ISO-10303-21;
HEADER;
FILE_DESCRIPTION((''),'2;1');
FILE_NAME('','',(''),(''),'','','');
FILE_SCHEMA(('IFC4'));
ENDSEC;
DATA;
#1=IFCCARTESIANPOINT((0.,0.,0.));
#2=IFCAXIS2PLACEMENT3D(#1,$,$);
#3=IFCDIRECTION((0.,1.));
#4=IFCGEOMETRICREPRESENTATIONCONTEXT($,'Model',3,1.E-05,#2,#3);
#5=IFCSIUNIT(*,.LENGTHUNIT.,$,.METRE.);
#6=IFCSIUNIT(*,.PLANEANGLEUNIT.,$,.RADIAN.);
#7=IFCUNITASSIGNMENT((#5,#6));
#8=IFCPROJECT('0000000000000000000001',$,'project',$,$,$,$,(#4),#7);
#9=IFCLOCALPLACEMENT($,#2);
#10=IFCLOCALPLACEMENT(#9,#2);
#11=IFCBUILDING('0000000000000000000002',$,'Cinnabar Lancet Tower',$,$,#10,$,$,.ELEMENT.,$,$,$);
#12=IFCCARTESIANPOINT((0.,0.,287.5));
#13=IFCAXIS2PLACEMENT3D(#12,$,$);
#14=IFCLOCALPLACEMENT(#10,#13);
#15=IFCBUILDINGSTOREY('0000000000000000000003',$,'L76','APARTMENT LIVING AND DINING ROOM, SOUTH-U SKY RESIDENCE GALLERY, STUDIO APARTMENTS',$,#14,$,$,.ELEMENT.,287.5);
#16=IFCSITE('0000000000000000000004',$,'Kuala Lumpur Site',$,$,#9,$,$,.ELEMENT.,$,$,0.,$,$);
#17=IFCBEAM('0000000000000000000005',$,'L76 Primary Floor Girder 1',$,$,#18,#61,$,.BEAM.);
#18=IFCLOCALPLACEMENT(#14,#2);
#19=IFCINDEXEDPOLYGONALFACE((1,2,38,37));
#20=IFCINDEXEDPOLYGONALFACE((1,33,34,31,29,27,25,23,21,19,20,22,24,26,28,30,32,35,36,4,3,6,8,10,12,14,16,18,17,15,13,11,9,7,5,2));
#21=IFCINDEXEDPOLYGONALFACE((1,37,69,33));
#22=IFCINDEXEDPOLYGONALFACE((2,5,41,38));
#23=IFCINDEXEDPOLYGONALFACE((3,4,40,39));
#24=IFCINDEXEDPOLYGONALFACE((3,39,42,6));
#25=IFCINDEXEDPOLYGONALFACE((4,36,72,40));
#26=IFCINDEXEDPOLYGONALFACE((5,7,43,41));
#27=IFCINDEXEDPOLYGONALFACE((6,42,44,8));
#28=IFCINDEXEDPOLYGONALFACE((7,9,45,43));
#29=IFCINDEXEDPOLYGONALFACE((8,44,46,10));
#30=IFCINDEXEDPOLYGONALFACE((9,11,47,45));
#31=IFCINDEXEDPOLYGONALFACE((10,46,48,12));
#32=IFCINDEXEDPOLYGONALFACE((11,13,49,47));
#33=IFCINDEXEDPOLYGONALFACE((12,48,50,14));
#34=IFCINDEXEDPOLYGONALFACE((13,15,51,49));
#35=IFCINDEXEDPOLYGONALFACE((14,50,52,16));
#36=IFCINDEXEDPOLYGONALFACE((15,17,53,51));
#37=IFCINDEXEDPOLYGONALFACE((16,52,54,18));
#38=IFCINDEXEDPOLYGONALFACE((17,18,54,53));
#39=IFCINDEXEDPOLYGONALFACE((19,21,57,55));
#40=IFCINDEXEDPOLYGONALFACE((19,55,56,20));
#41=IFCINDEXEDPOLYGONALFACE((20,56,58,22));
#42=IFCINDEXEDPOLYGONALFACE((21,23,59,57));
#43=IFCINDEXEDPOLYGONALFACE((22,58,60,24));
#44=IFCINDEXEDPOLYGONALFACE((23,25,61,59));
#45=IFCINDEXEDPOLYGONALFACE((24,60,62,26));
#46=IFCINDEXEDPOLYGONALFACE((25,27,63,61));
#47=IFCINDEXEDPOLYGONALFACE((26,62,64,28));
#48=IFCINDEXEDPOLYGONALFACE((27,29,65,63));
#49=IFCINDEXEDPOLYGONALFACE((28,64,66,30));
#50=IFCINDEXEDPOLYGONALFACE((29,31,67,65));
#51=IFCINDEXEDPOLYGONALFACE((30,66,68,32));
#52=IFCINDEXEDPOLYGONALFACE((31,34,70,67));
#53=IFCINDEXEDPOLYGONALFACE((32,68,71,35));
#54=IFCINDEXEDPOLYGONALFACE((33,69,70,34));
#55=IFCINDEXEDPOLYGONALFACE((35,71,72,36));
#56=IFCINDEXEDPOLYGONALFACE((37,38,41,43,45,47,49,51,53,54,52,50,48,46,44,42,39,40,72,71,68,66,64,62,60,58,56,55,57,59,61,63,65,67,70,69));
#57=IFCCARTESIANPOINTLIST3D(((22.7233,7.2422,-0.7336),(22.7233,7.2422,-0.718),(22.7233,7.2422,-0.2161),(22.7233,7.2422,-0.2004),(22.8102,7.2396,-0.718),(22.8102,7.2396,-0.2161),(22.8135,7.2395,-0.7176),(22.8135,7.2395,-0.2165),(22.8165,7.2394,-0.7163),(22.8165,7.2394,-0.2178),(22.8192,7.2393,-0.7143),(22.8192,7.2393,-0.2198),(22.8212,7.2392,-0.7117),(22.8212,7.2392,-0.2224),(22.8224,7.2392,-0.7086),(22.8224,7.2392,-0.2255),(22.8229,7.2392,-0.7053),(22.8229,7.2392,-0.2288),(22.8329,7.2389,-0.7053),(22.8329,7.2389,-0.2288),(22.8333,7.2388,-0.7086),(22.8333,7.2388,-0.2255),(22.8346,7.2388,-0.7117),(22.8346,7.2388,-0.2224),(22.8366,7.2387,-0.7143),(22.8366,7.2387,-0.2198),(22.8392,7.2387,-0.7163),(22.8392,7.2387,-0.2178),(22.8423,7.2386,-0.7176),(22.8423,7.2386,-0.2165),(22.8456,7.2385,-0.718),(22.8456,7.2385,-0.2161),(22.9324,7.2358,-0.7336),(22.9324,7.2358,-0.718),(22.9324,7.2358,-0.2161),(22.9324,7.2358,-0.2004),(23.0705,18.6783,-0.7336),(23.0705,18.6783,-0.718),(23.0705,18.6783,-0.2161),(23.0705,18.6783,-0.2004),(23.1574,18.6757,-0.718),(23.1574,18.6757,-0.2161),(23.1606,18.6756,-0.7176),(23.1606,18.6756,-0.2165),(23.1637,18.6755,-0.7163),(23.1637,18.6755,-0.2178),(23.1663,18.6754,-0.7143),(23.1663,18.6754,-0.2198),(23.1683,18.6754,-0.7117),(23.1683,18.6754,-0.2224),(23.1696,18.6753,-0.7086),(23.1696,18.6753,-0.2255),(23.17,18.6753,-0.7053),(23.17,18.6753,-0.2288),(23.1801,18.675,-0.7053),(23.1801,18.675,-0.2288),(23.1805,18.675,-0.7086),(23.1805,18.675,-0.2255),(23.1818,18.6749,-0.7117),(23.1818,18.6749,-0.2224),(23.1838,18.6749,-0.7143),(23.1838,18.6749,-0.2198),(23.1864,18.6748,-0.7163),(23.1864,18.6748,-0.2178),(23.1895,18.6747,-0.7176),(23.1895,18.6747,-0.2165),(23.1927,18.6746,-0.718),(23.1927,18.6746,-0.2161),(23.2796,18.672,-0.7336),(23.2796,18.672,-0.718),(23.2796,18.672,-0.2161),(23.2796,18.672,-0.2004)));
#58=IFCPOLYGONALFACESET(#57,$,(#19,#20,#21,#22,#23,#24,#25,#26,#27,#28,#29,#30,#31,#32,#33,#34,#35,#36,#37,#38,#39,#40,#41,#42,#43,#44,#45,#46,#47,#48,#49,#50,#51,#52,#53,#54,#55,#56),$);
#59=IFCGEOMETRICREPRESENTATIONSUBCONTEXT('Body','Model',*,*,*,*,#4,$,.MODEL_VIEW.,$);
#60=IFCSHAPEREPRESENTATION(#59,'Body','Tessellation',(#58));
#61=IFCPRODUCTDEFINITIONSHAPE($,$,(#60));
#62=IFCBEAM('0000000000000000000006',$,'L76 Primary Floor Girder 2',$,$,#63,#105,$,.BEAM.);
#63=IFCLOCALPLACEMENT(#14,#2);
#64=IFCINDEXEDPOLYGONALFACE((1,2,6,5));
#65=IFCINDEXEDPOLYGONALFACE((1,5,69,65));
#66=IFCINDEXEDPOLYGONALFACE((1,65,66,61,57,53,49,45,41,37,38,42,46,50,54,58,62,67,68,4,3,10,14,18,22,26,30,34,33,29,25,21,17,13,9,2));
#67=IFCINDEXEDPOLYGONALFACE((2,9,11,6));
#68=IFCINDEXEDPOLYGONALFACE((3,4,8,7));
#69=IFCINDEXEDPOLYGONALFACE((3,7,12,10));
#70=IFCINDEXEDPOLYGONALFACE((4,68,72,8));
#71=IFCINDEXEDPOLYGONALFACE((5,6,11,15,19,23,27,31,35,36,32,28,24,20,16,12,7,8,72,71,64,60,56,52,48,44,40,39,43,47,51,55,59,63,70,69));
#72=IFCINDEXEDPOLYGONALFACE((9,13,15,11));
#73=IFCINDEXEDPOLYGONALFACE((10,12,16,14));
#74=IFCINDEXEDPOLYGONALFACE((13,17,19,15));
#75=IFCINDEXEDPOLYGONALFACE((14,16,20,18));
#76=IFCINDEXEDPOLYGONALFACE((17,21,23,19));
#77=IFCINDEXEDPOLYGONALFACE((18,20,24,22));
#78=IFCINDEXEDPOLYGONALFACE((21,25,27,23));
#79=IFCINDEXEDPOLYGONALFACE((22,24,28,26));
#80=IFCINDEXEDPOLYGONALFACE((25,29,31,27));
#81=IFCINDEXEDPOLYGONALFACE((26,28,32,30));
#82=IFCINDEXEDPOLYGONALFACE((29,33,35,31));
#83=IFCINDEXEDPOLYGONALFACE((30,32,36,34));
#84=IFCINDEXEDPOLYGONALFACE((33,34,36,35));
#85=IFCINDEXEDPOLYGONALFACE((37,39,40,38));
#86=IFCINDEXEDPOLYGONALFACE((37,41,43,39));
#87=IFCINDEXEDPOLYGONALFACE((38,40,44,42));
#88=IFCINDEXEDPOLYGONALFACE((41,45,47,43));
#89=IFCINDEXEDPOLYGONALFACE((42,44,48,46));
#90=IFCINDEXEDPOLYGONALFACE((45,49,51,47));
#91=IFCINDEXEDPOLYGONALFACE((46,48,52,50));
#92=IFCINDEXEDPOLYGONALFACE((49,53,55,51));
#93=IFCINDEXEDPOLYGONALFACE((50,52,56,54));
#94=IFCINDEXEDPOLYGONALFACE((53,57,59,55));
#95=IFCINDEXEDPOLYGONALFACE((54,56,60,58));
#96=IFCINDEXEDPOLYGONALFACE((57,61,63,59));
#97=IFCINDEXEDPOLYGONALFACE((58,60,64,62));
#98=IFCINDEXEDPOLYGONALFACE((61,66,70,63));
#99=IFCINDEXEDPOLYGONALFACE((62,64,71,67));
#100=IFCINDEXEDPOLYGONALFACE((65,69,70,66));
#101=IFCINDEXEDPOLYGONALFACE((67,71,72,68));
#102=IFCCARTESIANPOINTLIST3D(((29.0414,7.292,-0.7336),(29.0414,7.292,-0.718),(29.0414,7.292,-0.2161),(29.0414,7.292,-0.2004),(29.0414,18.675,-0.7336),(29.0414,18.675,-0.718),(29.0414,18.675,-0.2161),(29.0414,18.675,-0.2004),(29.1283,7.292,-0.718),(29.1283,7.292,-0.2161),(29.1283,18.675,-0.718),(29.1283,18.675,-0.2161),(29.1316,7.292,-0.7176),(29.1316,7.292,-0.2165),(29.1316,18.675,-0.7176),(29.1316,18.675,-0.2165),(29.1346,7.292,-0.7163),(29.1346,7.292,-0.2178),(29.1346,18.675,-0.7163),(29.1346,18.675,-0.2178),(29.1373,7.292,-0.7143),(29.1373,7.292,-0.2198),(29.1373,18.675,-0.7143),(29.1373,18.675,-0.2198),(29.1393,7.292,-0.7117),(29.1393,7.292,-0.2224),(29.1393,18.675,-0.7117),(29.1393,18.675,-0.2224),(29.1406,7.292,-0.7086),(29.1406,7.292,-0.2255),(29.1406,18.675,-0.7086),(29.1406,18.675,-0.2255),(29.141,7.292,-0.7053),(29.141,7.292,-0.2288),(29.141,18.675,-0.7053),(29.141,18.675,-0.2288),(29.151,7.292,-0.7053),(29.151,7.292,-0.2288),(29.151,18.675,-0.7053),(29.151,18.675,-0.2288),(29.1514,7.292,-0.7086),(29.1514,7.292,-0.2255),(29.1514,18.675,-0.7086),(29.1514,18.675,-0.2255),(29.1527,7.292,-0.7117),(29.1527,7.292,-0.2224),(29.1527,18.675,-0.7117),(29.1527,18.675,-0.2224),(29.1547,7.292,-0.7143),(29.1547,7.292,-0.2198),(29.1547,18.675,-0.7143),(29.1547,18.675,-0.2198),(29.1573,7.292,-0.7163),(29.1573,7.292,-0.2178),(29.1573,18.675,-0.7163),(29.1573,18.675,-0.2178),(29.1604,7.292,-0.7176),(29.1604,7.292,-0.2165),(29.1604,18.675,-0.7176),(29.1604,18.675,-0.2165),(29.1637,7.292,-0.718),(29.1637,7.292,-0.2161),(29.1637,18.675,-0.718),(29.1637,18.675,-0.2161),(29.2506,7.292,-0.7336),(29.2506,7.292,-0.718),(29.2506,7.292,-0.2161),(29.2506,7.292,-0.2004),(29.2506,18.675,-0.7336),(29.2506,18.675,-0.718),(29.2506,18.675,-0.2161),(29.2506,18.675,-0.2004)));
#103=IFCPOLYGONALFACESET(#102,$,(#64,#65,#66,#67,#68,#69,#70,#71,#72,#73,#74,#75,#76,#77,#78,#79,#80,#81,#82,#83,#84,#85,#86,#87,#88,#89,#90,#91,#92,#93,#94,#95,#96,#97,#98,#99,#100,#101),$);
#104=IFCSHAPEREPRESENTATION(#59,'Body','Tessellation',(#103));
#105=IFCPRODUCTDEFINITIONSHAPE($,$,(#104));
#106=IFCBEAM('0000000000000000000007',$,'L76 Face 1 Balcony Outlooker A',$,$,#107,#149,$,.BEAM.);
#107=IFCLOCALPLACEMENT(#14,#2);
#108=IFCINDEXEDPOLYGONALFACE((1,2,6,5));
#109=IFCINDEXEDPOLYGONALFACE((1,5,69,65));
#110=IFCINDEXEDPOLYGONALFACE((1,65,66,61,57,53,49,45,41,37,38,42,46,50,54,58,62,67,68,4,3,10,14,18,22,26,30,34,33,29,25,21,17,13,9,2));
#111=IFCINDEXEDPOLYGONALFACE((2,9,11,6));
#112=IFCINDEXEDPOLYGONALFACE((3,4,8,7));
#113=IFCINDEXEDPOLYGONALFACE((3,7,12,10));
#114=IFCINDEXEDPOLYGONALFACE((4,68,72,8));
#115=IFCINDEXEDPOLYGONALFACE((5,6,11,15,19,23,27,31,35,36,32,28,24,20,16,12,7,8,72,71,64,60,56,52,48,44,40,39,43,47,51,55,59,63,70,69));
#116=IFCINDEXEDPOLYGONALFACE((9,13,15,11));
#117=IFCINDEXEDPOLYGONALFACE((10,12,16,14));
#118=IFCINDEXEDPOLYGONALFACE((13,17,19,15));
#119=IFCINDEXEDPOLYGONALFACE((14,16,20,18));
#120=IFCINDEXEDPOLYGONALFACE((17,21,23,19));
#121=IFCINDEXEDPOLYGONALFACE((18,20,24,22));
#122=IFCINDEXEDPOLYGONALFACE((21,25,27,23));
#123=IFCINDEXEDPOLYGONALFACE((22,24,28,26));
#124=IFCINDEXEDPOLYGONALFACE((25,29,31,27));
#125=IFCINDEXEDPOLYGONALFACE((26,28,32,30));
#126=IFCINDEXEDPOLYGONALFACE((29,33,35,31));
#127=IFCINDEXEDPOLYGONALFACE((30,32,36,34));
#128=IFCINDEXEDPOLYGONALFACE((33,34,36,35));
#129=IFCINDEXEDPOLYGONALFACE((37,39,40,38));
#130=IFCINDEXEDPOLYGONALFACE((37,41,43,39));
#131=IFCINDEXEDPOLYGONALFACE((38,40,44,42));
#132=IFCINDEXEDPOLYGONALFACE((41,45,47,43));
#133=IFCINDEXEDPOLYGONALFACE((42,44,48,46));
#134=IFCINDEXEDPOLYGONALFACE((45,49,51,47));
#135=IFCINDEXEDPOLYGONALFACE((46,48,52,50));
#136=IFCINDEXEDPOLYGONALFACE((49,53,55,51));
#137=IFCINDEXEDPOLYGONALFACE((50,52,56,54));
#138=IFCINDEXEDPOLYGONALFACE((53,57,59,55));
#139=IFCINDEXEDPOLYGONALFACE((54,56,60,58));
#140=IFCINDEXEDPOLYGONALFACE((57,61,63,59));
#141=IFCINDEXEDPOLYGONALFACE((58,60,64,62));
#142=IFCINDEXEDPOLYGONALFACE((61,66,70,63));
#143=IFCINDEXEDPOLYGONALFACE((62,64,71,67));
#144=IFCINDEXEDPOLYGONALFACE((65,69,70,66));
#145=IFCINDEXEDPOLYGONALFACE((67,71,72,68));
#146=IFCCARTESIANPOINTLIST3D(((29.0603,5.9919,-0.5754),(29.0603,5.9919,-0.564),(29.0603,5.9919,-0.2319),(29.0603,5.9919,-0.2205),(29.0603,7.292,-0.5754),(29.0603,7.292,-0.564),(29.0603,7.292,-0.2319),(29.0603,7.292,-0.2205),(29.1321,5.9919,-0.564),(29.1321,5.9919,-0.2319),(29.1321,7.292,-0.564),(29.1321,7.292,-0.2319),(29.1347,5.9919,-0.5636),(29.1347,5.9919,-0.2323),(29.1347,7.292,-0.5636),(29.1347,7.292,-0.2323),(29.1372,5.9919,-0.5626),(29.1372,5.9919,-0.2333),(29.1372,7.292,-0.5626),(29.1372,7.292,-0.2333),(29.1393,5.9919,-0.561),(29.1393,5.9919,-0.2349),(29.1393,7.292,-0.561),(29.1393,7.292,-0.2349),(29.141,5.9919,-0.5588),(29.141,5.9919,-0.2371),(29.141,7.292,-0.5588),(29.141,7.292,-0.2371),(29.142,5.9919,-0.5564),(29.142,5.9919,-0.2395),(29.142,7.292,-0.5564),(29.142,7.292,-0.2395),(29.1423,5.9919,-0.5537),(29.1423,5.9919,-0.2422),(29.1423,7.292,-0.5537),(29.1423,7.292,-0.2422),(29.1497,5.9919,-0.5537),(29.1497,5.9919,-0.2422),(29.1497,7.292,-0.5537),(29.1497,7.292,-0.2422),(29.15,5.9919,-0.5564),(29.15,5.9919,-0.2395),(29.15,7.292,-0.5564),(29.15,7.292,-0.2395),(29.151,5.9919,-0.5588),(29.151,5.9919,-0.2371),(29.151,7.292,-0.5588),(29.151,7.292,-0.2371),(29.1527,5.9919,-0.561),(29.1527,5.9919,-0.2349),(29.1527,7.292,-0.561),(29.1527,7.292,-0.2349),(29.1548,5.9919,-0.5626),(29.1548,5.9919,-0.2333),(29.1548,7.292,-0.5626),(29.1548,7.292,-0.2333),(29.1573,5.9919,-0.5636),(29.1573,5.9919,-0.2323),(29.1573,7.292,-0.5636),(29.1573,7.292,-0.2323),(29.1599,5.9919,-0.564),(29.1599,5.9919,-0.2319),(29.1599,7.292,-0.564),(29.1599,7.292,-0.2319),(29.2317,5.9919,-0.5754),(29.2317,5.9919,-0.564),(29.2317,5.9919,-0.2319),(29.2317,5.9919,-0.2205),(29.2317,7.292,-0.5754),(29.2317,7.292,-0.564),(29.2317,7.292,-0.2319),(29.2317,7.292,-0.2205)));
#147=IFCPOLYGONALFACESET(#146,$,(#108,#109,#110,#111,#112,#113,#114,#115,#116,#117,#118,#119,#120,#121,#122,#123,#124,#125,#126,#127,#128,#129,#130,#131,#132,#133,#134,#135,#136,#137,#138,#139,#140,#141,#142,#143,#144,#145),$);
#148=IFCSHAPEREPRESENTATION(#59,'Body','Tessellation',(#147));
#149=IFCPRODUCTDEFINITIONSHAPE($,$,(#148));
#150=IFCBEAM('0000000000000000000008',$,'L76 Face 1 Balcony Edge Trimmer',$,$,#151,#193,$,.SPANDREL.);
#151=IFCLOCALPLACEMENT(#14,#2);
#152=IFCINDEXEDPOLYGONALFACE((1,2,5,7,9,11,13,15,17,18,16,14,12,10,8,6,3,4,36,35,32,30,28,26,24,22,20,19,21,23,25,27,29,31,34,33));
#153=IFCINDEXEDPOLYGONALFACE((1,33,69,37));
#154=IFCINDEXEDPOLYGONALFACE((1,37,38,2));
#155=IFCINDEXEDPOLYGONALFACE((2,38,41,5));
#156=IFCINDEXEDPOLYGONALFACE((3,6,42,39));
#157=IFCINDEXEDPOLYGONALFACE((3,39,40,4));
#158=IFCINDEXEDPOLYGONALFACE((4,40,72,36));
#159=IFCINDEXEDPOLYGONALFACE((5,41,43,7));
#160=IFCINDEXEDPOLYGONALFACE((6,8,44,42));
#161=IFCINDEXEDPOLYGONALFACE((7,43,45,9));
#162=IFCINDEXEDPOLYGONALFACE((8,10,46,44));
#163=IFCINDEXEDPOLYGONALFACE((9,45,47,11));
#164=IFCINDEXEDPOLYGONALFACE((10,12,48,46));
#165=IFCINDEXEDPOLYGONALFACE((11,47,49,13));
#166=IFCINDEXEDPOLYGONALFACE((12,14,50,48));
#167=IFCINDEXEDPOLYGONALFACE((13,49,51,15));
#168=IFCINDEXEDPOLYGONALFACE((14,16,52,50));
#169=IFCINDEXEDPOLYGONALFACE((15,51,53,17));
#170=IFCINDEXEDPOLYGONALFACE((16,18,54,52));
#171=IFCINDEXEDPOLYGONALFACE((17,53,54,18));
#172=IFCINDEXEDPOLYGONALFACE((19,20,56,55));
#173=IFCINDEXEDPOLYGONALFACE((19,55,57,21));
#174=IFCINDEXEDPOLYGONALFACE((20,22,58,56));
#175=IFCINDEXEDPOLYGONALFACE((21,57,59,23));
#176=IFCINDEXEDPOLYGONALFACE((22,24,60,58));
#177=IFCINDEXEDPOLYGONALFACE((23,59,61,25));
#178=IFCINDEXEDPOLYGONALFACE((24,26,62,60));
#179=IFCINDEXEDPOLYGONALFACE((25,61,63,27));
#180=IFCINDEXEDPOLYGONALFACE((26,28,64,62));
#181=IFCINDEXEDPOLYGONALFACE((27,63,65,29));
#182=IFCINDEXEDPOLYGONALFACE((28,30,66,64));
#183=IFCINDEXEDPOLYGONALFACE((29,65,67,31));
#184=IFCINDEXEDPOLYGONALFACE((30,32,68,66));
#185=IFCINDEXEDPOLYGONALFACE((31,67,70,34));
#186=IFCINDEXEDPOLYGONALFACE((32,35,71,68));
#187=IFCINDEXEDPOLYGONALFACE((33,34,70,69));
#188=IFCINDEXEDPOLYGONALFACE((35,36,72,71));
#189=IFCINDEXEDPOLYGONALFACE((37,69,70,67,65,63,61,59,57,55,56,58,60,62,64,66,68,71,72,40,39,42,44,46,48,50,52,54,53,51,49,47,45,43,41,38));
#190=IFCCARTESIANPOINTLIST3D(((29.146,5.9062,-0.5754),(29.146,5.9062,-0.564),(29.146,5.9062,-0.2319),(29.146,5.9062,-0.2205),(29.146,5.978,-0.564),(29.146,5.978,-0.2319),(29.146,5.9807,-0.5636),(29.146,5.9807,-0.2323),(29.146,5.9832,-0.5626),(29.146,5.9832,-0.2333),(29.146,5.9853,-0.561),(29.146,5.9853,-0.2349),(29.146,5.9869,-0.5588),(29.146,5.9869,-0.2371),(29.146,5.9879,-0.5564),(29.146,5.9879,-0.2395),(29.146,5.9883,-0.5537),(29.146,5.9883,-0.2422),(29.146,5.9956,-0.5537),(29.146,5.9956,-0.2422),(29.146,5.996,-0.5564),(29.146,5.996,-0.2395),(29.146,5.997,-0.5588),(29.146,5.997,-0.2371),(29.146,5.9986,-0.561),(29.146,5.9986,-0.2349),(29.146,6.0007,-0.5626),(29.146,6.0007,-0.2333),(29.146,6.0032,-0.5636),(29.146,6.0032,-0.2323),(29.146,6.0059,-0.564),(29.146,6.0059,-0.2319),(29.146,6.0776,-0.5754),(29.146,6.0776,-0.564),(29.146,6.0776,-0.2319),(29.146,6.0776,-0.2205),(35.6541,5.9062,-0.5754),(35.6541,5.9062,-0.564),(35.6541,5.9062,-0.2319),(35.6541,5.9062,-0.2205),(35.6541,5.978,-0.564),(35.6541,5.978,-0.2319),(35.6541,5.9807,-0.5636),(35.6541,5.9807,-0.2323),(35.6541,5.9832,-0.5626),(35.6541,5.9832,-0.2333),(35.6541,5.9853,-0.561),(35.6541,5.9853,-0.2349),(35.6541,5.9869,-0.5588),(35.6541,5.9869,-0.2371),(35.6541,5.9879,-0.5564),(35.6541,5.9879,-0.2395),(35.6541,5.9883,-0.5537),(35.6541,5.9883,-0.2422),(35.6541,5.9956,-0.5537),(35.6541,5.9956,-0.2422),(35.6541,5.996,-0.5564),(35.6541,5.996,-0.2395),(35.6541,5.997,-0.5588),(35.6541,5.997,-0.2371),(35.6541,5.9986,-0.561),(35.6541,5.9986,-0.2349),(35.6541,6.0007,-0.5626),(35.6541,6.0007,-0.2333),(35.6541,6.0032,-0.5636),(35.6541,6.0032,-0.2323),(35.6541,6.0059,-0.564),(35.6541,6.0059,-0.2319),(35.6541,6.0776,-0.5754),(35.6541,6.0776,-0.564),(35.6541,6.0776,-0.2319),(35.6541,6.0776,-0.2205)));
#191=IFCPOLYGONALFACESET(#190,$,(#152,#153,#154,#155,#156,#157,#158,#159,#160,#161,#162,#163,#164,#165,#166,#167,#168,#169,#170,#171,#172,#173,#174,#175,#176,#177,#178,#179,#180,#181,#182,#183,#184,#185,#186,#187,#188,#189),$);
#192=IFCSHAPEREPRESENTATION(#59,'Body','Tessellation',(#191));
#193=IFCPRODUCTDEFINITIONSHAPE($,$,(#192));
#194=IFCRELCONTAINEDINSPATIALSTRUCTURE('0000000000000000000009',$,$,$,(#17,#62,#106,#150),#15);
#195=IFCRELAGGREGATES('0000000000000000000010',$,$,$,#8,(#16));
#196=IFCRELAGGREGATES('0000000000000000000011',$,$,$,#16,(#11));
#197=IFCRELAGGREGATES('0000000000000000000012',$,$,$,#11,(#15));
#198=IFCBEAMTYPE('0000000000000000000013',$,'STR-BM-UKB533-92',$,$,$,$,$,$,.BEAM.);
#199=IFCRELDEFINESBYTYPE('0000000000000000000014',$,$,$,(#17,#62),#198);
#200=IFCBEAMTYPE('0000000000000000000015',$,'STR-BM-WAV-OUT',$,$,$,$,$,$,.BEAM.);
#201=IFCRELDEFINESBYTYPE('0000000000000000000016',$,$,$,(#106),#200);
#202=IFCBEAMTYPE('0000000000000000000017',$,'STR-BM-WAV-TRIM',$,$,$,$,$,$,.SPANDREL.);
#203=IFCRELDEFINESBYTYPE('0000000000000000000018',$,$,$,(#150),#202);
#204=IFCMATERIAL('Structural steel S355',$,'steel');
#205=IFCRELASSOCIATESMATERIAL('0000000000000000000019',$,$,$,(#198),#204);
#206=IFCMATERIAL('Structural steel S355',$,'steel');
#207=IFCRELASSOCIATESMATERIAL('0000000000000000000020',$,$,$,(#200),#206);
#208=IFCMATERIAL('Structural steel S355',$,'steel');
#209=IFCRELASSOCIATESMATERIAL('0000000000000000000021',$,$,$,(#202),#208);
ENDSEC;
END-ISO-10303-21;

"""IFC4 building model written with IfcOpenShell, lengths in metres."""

from ifc_helpers import new_model, si_unit, direction, frame, origin, origin_2d, place, context, subcontext, project, spatial, i_section, extrude, material, material_profile, profile_set, type_object, element, save


model = new_model("IFC4")

# Units and contexts
model_context = context("Model", 3, precision=1e-05, world=origin(), true_north=direction((0.0, 1.0)))
body_context = subcontext(model_context, "Body", "Model", "MODEL_VIEW")
ifc_project = project(units=[si_unit("LENGTHUNIT", "METRE"), si_unit("PLANEANGLEUNIT", "RADIAN")], contexts=[model_context])

# Site, building, storey
site_placement = place(None, origin())
site = spatial("IfcSite", under=ifc_project, at=site_placement, Name="Kuala Lumpur Site", CompositionType="ELEMENT", RefElevation=0.0)
building_placement = place(site_placement, origin())
building = spatial("IfcBuilding", under=site, at=building_placement, Name="Cinnabar Lancet Tower", CompositionType="ELEMENT")
storey_placement = place(building_placement, frame((0.0, 0.0, 287.5)))
storey = spatial("IfcBuildingStorey", under=building, at=storey_placement, Name="L76", Description="APARTMENT LIVING AND DINING ROOM, SOUTH-U SKY RESIDENCE GALLERY, STUDIO APARTMENTS", CompositionType="ELEMENT", Elevation=287.5)

# Beams
ifc_material_1 = material(Name="Structural steel S355", Category="steel")
ifc_material_profile_1 = material_profile(ifc_material_1, i_section(OverallWidth=0.2092, OverallDepth=0.5332, WebThickness=0.01, FlangeThickness=0.0156, FilletRadius=0.0127, at=origin_2d()), Name="UKB 533x210x92")
ifc_profile_set_1 = profile_set([ifc_material_profile_1], Name="Structural steel S355")
beam_type_1 = type_object("IfcBeamType", Name="STR-BM-UKB533-92", PredefinedType="BEAM", material=ifc_profile_set_1)
beam_1_placement = place(storey_placement, frame((22.8279, 7.239, -0.467), z_axis=(0.030343, 0.99954, 0.0), x_axis=(-0.99954, 0.030343, 0.0)))
element("IfcBeam", 1, at=beam_1_placement, inside=storey, type_object=beam_type_1, Name="L76 Primary Floor Girder 1", PredefinedType="BEAM", context=body_context, shape_type="SweptSolid", body=[
    extrude(i_section(OverallWidth=0.2092, OverallDepth=0.5332, WebThickness=0.01, FlangeThickness=0.0156, FilletRadius=0.0127, at=origin_2d()), origin(), (0.0, 0.0, 1.0), 11.4414),
])
beam_2_placement = place(storey_placement, frame((29.146, 7.292, -0.467), z_axis=(0.0, 1.0, 0.0), x_axis=(-1.0, 0.0, 0.0)))
element("IfcBeam", 2, at=beam_2_placement, inside=storey, type_object=beam_type_1, Name="L76 Primary Floor Girder 2", PredefinedType="BEAM", context=body_context, shape_type="SweptSolid", body=[
    extrude(i_section(OverallWidth=0.2092, OverallDepth=0.5332, WebThickness=0.01, FlangeThickness=0.0156, FilletRadius=0.0127, at=origin_2d()), origin(), (0.0, 0.0, 1.0), 11.3831),
])
ifc_material_2 = material(Name="Structural steel S355", Category="steel")
ifc_material_profile_2 = material_profile(ifc_material_2, i_section(OverallWidth=0.1714, OverallDepth=0.355, WebThickness=0.0073, FlangeThickness=0.0115, FilletRadius=0.0103, at=origin_2d()), Name="UKB 356x171x51")
ifc_profile_set_2 = profile_set([ifc_material_profile_2], Name="Structural steel S355")
beam_type_2 = type_object("IfcBeamType", Name="STR-BM-WAV-OUT", PredefinedType="BEAM", material=ifc_profile_set_2)
beam_3_placement = place(storey_placement, frame((29.146, 7.292, -0.3979), z_axis=(0.0, -1.0, 0.0), x_axis=(1.0, 0.0, 0.0)))
element("IfcBeam", 3, at=beam_3_placement, inside=storey, type_object=beam_type_2, Name="L76 Face 1 Balcony Outlooker A", PredefinedType="BEAM", context=body_context, shape_type="SweptSolid", body=[
    extrude(i_section(OverallWidth=0.1714, OverallDepth=0.355, WebThickness=0.0073, FlangeThickness=0.0115, FilletRadius=0.0103, at=origin_2d()), origin(), (0.0, 0.0, 1.0), 1.3),
])
ifc_material_3 = material(Name="Structural steel S355", Category="steel")
ifc_material_profile_3 = material_profile(ifc_material_3, i_section(OverallWidth=0.1714, OverallDepth=0.355, WebThickness=0.0073, FlangeThickness=0.0115, FilletRadius=0.0103, at=origin_2d()), Name="UKB 356x171x51")
ifc_profile_set_3 = profile_set([ifc_material_profile_3], Name="Structural steel S355")
beam_type_3 = type_object("IfcBeamType", Name="STR-BM-WAV-TRIM", PredefinedType="SPANDREL", material=ifc_profile_set_3)
beam_4_placement = place(storey_placement, frame((29.146, 5.9919, -0.3979), z_axis=(1.0, 0.0, 0.0), x_axis=(0.0, 1.0, 0.0)))
element("IfcBeam", 4, at=beam_4_placement, inside=storey, type_object=beam_type_3, Name="L76 Face 1 Balcony Edge Trimmer", PredefinedType="SPANDREL", context=body_context, shape_type="SweptSolid", body=[
    extrude(i_section(OverallWidth=0.1714, OverallDepth=0.355, WebThickness=0.0073, FlangeThickness=0.0115, FilletRadius=0.0103, at=origin_2d()), origin(), (0.0, 0.0, 1.0), 6.5081),
])

save(model, "model.ifc")
